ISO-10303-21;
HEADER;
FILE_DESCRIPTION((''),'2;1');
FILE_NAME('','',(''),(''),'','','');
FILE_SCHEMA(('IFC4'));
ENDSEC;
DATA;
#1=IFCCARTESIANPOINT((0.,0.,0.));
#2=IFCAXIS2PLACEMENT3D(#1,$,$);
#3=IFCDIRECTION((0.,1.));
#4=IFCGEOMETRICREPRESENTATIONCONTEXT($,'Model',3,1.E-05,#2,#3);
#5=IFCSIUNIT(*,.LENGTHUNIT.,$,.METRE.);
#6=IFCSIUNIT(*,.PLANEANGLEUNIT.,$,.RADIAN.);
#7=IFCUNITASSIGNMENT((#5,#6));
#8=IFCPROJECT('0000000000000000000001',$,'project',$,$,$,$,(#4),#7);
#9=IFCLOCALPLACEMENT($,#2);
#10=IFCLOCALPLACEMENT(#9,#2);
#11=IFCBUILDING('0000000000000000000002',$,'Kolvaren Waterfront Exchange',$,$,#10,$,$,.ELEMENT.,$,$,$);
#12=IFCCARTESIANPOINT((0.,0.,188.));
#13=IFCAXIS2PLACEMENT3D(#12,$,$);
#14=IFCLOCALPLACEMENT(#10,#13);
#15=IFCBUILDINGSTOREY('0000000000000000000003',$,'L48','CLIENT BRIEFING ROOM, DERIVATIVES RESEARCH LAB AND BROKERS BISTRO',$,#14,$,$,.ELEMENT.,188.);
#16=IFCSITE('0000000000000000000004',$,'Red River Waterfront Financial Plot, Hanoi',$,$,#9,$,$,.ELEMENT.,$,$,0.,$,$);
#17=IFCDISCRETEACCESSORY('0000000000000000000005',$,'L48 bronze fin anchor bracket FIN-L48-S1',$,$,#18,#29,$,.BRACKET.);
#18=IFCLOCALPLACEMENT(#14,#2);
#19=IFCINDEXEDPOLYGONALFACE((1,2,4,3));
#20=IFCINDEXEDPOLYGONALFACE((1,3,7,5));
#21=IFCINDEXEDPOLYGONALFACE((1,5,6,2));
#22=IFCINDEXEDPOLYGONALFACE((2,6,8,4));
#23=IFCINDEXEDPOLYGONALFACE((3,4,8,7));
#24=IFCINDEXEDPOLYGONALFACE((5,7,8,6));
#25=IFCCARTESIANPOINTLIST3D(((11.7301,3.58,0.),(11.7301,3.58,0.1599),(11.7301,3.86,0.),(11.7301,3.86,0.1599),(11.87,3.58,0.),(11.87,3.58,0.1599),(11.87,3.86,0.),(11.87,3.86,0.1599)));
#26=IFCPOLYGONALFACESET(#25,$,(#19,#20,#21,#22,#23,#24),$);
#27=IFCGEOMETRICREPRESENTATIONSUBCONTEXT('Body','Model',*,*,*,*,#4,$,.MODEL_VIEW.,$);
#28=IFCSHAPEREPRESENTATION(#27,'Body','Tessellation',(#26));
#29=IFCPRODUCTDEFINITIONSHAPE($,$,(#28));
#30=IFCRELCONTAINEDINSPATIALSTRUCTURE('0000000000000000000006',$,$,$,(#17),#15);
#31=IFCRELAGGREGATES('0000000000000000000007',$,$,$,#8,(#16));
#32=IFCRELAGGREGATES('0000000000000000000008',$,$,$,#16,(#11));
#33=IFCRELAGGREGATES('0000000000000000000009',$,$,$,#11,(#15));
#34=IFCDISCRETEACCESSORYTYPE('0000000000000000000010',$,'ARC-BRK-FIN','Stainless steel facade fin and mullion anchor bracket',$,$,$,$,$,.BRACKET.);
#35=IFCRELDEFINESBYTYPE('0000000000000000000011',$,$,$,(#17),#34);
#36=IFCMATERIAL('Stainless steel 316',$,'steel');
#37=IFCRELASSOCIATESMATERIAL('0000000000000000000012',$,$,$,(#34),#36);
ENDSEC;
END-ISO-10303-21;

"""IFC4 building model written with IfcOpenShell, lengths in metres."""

from ifc_helpers import new_model, si_unit, direction, frame, origin, origin_with_axes, origin_2d, place, context, subcontext, project, spatial, rectangle, extrude, source, transform, mapped, material, type_object, element, save


model = new_model("IFC4")

# Units and contexts
model_context = context("Model", 3, precision=1e-05, world=origin(), true_north=direction((0.0, 1.0)))
body_context = subcontext(model_context, "Body", "Model", "MODEL_VIEW")
ifc_project = project(units=[si_unit("LENGTHUNIT", "METRE"), si_unit("PLANEANGLEUNIT", "RADIAN")], contexts=[model_context])

# Site, building, storey
site_placement = place(None, origin())
site = spatial("IfcSite", under=ifc_project, at=site_placement, Name="Red River Waterfront Financial Plot, Hanoi", CompositionType="ELEMENT", RefElevation=0.0)
building_placement = place(site_placement, origin())
building = spatial("IfcBuilding", under=site, at=building_placement, Name="Kolvaren Waterfront Exchange", CompositionType="ELEMENT")
storey_placement = place(building_placement, frame((0.0, 0.0, 188.0)))
storey = spatial("IfcBuildingStorey", under=building, at=storey_placement, Name="L48", Description="CLIENT BRIEFING ROOM, DERIVATIVES RESEARCH LAB AND BROKERS BISTRO", CompositionType="ELEMENT", Elevation=188.0)

# Shared definitions
ifc_material_1 = material(Name="Stainless steel 316", Category="steel")

# Discrete accessory
discrete_accessory_type = type_object("IfcDiscreteAccessoryType", Name="ARC-BRK-FIN", Description="Stainless steel facade fin and mullion anchor bracket", PredefinedType="BRACKET", material=ifc_material_1)
shared_shape_1 = source(origin_with_axes(), body_context, "Body", "SweptSolid", [
    extrude(rectangle(XDim=0.28, YDim=0.1399, at=origin_2d()), origin(), (0.0, 0.0, 1.0), 0.1599),
])
discrete_accessory_placement = place(storey_placement, frame((11.8, 3.72, 0.0), z_axis=(0.0, 0.0, 1.0), x_axis=(0.0, -1.0, 0.0)))
element("IfcDiscreteAccessory", 1, at=discrete_accessory_placement, inside=storey, type_object=discrete_accessory_type, Name="L48 bronze fin anchor bracket FIN-L48-S1", PredefinedType="BRACKET", context=body_context, shape_type="MappedRepresentation", body=[
    mapped(shared_shape_1, transform((0.0, 0.0, 0.0), x_axis=(1.0, 0.0, 0.0), y_axis=(0.0, 1.0, 0.0), z_axis=(0.0, 0.0, 1.0), scale=1.0)),
])

save(model, "model.ifc")
